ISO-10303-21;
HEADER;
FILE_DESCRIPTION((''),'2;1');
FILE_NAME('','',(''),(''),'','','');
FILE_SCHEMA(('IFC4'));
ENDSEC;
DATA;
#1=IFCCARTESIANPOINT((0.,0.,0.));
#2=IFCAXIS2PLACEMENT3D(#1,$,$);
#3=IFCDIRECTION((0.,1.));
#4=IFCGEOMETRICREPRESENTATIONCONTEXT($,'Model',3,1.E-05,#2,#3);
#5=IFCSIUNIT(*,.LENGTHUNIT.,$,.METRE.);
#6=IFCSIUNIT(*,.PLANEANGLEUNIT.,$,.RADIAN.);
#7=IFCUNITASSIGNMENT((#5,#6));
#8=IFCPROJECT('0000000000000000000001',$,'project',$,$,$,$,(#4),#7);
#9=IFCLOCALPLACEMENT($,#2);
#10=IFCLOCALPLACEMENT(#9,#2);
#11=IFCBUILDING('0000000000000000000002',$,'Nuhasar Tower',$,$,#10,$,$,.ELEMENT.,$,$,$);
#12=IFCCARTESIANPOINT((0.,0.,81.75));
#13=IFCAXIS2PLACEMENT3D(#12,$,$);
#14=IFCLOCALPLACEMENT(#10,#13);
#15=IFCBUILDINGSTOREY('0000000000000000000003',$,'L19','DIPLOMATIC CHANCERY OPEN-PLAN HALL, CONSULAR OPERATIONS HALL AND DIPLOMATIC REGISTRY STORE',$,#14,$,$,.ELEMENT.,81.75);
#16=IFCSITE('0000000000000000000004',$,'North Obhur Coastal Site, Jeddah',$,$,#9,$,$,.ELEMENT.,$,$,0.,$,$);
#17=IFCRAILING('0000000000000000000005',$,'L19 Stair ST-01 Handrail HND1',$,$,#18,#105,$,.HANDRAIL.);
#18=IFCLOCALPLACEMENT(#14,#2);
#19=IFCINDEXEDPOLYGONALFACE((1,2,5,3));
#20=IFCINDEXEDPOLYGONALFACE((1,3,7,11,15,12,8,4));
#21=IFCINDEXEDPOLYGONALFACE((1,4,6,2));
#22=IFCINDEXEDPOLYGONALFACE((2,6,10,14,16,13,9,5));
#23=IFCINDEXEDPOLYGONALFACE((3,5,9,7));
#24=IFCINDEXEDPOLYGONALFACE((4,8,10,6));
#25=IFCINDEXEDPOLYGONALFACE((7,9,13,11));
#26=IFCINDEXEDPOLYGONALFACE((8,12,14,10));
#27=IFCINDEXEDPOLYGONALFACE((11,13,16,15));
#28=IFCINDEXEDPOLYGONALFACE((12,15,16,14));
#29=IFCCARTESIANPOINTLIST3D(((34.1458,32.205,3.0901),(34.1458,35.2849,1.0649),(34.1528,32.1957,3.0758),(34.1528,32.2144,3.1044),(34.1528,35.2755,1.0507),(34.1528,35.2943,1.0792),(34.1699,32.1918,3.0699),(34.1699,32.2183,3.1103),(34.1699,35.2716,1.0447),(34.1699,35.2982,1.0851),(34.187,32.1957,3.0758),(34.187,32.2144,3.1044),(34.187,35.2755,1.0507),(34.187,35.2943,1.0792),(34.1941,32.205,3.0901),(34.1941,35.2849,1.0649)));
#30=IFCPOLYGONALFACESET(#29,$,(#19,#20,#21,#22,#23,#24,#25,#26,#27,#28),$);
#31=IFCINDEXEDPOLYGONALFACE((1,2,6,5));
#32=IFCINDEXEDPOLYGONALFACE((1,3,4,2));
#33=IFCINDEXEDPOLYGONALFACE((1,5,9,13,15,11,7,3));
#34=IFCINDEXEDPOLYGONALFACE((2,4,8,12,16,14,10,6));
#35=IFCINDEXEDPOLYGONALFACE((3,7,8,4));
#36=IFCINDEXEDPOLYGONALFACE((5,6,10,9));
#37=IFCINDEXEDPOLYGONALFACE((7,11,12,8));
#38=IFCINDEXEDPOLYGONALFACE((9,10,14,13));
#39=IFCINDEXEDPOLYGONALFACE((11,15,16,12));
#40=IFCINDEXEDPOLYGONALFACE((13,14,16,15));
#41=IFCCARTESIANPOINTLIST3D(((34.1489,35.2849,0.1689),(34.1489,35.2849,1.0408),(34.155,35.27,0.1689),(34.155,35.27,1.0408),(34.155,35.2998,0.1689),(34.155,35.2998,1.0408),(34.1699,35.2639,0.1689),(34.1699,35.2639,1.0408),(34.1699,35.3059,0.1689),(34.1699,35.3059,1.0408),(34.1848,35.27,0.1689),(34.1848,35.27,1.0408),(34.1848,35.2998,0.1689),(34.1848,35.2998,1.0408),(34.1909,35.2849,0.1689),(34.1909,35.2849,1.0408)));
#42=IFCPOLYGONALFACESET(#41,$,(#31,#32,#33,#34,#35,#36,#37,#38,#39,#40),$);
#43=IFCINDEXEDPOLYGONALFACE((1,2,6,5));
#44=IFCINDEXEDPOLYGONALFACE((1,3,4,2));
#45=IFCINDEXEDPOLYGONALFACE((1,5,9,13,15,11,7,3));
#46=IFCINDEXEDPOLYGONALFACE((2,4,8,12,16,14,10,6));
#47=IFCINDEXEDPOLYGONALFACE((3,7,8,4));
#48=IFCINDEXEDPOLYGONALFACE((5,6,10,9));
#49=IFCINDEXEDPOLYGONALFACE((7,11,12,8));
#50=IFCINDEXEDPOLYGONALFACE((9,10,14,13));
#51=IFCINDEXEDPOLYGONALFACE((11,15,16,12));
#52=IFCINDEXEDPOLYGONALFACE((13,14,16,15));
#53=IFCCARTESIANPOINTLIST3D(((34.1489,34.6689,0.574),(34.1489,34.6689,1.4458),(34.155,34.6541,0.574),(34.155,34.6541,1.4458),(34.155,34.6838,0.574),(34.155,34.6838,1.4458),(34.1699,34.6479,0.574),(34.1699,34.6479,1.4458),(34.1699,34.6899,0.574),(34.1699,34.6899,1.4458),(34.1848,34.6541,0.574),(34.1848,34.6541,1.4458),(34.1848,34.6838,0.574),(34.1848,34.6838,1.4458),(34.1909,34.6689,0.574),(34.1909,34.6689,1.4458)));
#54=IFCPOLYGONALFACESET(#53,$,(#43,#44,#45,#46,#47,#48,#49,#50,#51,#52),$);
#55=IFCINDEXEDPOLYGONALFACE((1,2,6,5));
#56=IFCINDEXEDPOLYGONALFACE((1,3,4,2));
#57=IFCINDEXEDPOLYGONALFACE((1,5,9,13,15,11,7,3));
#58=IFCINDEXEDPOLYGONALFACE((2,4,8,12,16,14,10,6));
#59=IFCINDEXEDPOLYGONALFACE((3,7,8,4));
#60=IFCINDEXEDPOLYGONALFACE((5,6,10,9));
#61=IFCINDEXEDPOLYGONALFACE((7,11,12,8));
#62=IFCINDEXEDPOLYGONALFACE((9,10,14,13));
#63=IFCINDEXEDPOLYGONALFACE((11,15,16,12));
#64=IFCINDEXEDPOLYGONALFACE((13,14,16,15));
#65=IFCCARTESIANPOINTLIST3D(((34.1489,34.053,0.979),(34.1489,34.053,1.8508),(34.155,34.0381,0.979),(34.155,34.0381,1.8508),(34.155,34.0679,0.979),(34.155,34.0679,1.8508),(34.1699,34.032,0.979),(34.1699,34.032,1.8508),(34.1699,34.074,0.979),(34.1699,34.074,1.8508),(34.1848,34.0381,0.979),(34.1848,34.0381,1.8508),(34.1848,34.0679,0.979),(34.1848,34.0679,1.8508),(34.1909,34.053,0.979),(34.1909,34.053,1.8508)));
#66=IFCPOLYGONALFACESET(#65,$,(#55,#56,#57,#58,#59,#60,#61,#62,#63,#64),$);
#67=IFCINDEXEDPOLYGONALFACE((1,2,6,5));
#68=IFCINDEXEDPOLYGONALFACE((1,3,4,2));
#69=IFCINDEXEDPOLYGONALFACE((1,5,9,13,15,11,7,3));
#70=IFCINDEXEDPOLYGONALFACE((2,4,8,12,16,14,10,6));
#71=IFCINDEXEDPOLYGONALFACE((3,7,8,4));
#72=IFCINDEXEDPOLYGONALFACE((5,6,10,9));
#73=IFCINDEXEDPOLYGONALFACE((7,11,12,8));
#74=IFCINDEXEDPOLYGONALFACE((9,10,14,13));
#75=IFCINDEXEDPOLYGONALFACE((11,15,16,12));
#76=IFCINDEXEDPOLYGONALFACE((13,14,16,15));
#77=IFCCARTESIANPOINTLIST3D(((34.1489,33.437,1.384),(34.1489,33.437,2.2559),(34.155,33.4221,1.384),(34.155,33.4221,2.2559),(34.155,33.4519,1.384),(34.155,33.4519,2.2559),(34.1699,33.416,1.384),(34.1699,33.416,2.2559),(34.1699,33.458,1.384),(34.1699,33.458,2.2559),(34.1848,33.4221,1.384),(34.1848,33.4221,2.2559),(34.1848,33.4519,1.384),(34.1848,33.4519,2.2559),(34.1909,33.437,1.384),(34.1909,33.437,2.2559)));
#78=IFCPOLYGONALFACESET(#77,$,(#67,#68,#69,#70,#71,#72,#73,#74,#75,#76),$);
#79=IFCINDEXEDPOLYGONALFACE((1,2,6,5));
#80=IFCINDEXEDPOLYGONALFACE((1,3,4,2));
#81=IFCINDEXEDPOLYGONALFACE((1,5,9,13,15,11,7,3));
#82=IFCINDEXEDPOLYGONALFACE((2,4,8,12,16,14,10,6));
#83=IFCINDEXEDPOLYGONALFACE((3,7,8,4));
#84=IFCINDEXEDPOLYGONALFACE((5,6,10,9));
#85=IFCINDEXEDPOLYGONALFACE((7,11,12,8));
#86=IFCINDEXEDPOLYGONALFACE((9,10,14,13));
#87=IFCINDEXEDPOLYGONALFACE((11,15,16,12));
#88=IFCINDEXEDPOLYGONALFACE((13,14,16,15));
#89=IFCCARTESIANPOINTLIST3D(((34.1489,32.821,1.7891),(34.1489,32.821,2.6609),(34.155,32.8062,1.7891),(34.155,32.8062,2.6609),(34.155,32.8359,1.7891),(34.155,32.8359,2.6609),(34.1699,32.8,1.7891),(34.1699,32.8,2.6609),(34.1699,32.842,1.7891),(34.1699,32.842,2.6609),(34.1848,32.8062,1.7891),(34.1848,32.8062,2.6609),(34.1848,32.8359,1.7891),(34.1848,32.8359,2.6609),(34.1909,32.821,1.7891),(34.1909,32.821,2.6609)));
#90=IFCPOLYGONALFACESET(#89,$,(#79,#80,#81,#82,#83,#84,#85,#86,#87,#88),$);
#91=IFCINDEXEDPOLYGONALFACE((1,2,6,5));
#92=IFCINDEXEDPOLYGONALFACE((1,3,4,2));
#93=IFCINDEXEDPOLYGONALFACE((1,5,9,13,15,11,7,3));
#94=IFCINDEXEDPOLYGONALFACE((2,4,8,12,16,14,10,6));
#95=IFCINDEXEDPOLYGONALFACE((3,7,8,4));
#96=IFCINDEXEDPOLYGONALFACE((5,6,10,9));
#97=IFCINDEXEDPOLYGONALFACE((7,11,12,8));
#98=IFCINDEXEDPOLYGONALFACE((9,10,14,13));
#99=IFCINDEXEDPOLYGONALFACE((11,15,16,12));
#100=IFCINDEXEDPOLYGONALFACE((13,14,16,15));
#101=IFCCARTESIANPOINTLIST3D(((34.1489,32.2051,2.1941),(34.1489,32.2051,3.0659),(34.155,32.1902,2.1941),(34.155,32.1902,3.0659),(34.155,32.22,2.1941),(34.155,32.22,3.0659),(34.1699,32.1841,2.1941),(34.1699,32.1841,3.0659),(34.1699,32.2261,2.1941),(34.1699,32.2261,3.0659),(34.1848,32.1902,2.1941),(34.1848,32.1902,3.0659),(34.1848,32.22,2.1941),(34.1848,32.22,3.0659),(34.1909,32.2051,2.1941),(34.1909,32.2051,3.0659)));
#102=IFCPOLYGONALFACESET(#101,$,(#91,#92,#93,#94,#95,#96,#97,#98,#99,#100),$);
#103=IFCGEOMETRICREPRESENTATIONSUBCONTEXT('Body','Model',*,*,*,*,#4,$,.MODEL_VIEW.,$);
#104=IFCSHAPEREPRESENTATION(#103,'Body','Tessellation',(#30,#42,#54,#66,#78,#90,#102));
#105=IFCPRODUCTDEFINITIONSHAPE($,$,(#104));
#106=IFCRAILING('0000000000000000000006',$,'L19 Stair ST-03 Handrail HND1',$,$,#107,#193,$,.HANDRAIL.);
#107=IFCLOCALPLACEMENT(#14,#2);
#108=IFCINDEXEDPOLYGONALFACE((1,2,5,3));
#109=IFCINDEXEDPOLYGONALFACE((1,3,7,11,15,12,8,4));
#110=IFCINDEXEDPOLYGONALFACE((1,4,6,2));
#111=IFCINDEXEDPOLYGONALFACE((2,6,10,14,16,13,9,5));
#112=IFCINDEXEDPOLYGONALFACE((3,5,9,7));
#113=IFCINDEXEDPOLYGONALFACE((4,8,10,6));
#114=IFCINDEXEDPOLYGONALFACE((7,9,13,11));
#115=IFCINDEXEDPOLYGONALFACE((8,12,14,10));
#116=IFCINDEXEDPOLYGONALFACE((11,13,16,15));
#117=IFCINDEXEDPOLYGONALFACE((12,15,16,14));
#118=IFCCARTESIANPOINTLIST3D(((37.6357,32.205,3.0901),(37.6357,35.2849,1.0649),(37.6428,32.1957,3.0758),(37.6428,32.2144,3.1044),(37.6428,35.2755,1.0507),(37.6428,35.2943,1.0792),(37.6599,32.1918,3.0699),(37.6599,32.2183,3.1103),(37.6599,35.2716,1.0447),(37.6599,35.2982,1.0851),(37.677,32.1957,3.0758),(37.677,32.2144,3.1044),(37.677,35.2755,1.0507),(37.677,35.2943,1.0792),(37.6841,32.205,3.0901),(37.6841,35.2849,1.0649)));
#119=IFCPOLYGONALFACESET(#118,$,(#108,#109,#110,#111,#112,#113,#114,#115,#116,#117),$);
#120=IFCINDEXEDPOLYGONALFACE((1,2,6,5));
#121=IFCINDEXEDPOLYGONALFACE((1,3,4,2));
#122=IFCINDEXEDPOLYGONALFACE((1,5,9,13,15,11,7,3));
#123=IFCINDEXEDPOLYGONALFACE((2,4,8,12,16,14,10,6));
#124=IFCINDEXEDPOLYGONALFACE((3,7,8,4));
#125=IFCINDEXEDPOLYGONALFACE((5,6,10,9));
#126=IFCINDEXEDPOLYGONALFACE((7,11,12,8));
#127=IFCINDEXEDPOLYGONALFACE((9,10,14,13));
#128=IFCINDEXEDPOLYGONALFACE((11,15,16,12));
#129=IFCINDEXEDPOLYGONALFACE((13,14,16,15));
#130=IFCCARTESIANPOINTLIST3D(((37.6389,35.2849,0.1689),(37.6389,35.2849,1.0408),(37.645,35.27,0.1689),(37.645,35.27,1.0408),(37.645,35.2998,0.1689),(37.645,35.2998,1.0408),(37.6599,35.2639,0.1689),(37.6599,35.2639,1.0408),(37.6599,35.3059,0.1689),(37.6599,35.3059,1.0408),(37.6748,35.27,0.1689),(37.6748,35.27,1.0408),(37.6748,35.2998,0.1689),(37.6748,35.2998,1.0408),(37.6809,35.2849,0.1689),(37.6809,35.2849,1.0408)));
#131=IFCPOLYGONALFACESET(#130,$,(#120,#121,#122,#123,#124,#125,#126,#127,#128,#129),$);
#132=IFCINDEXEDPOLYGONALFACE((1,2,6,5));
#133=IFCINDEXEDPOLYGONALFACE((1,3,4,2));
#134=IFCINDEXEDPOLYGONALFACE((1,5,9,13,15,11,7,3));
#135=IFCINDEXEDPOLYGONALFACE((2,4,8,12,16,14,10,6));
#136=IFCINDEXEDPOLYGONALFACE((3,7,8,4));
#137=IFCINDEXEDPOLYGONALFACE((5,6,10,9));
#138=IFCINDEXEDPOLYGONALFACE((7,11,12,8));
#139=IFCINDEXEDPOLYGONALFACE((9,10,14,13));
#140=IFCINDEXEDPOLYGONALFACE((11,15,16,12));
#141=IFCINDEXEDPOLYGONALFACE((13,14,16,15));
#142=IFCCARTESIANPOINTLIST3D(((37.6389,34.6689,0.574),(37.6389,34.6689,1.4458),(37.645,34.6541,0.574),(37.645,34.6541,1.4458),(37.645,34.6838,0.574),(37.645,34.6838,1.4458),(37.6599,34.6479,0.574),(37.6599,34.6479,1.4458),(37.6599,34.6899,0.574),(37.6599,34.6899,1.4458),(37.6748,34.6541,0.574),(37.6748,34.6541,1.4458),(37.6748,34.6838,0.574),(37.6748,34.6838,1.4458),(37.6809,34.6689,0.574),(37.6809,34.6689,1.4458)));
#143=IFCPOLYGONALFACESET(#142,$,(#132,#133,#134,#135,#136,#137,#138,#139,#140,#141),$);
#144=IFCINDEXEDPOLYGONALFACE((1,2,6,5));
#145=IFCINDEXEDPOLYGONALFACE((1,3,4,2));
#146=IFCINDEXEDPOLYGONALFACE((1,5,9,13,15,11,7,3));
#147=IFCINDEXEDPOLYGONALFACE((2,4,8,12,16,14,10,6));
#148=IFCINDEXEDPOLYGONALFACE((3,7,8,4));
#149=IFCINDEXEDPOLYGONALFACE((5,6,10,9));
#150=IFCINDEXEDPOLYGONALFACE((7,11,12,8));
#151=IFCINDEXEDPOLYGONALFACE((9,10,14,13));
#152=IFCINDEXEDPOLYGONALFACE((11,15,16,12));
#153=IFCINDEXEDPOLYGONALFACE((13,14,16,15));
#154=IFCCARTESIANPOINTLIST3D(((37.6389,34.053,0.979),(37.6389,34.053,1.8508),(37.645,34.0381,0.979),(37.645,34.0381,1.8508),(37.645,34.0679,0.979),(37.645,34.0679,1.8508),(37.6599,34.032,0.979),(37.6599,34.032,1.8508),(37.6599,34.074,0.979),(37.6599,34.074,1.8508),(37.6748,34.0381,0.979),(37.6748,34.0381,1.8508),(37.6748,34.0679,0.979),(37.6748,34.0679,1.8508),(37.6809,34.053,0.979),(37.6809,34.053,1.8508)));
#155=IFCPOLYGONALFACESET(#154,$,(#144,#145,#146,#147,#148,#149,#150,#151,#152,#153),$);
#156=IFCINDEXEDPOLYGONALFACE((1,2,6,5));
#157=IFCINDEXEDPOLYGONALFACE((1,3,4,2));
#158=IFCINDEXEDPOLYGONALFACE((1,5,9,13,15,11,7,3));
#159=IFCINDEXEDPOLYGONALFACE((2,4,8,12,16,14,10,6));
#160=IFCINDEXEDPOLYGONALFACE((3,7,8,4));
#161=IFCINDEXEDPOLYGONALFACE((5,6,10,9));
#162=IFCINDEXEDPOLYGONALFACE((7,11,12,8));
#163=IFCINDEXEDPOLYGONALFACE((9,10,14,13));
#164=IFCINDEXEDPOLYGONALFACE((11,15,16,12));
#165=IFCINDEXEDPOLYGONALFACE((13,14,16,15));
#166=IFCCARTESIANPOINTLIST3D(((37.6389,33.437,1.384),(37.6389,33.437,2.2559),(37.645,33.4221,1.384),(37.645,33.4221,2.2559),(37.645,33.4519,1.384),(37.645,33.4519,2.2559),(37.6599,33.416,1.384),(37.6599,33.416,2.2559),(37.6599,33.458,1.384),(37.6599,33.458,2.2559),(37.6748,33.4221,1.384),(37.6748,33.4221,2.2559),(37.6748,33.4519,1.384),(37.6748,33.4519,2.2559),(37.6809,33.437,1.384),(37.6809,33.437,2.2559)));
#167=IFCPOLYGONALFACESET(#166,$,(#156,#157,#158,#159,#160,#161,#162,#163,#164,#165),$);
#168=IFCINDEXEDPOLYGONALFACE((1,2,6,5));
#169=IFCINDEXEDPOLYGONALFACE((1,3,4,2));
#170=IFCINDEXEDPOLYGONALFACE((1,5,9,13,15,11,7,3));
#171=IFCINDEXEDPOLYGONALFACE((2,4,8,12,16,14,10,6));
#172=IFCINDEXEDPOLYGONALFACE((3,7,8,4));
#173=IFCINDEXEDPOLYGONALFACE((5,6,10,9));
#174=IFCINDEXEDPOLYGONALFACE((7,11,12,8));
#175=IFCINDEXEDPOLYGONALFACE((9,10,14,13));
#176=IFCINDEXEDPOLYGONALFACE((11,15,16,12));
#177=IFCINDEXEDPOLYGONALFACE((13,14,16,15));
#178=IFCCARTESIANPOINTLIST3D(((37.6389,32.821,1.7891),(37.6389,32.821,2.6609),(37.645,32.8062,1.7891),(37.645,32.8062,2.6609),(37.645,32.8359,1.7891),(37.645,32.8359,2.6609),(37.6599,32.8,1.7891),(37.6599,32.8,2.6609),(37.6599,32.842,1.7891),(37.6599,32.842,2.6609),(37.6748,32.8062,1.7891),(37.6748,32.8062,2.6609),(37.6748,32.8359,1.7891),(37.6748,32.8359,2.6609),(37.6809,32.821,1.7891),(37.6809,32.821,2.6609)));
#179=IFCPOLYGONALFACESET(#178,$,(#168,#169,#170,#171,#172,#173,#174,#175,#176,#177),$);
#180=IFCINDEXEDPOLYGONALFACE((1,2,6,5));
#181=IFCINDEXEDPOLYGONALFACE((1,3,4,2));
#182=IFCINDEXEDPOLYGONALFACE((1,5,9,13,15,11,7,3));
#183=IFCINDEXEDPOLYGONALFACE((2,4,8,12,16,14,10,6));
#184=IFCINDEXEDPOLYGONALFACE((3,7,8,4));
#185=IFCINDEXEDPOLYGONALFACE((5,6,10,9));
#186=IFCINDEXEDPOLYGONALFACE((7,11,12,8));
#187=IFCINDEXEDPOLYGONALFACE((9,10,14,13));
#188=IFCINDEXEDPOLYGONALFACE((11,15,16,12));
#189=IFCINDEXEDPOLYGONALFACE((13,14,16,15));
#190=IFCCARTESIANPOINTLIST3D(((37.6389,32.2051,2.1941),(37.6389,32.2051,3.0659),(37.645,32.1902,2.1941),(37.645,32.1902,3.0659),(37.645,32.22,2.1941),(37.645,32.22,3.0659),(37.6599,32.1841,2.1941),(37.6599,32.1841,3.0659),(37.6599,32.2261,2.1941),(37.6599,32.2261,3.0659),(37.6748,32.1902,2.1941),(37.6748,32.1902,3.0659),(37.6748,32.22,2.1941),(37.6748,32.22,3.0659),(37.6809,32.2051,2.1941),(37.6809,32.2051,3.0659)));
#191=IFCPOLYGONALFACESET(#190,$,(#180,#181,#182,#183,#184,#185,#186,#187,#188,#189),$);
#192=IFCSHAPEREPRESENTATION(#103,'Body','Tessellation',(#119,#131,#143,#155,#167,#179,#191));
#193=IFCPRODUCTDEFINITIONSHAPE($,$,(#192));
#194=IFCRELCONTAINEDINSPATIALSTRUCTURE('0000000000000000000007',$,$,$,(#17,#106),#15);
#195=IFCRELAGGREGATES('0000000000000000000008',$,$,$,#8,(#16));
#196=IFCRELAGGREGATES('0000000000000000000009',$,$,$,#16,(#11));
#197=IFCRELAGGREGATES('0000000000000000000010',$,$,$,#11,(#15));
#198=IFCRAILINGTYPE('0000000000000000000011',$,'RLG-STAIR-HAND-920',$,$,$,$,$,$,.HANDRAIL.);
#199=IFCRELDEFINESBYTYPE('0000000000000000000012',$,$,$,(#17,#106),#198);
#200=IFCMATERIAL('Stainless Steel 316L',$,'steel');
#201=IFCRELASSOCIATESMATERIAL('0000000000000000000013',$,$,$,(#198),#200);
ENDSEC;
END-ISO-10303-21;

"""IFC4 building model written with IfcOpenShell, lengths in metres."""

from ifc_helpers import new_model, si_unit, direction, frame, origin, place, context, subcontext, project, spatial, polyline, outline, extrude, material, type_object, element, save


model = new_model("IFC4")

# Units and contexts
model_context = context("Model", 3, precision=1e-05, world=origin(), true_north=direction((0.0, 1.0)))
body_context = subcontext(model_context, "Body", "Model", "MODEL_VIEW")
ifc_project = project(units=[si_unit("LENGTHUNIT", "METRE"), si_unit("PLANEANGLEUNIT", "RADIAN")], contexts=[model_context])

# Site, building, storey
site_placement = place(None, origin())
site = spatial("IfcSite", under=ifc_project, at=site_placement, Name="North Obhur Coastal Site, Jeddah", CompositionType="ELEMENT", RefElevation=0.0)
building_placement = place(site_placement, origin())
building = spatial("IfcBuilding", under=site, at=building_placement, Name="Nuhasar Tower", CompositionType="ELEMENT")
storey_placement = place(building_placement, frame((0.0, 0.0, 81.75)))
storey = spatial("IfcBuildingStorey", under=building, at=storey_placement, Name="L19", Description="DIPLOMATIC CHANCERY OPEN-PLAN HALL, CONSULAR OPERATIONS HALL AND DIPLOMATIC REGISTRY STORE", CompositionType="ELEMENT", Elevation=81.75)

# Railings
ifc_material_1 = material(Name="Stainless Steel 316L", Category="steel")
railing_type_1 = type_object("IfcRailingType", Name="RLG-STAIR-HAND-920", PredefinedType="HANDRAIL", material=ifc_material_1)
railing_1_placement = place(storey_placement, frame((34.1699, 35.2849, 0.1689)))
element("IfcRailing", 1, at=railing_1_placement, inside=storey, type_object=railing_type_1, Name="L19 Stair ST-01 Handrail HND1", PredefinedType="HANDRAIL", context=body_context, shape_type="SweptSolid", body=[
    extrude(outline(polyline([(0.0242, 0.0), (0.0171, 0.0171), (0.0, 0.0242), (-0.0171, 0.0171), (-0.0242, 0.0), (-0.0171, -0.0171), (0.0, -0.0242), (0.0171, -0.0171), (0.0242, 0.0)])), frame((0.0, 0.0, 0.896), z_axis=(0.0, -0.835549, 0.549416), x_axis=(1.0, 0.0, 0.0)), (0.0, 0.0, 1.0), 3.686),
    extrude(outline(polyline([(0.021, 0.0), (0.0149, 0.0149), (0.0, 0.021), (-0.0149, 0.0149), (-0.021, 0.0), (-0.0149, -0.0149), (0.0, -0.021), (0.0149, -0.0149), (0.021, 0.0)])), origin(), (0.0, 0.0, 1.0), 0.8718),
    extrude(outline(polyline([(0.021, 0.0), (0.0149, 0.0149), (0.0, 0.021), (-0.0149, 0.0149), (-0.021, 0.0), (-0.0149, -0.0149), (0.0, -0.021), (0.0149, -0.0149), (0.021, 0.0)])), frame((0.0, -0.616, 0.405)), (0.0, 0.0, 1.0), 0.8718),
    extrude(outline(polyline([(0.021, 0.0), (0.0149, 0.0149), (0.0, 0.021), (-0.0149, 0.0149), (-0.021, 0.0), (-0.0149, -0.0149), (0.0, -0.021), (0.0149, -0.0149), (0.021, 0.0)])), frame((0.0, -1.2319, 0.8101)), (0.0, 0.0, 1.0), 0.8718),
    extrude(outline(polyline([(0.021, 0.0), (0.0149, 0.0149), (0.0, 0.021), (-0.0149, 0.0149), (-0.021, 0.0), (-0.0149, -0.0149), (0.0, -0.021), (0.0149, -0.0149), (0.021, 0.0)])), frame((0.0, -1.8479, 1.2151)), (0.0, 0.0, 1.0), 0.8718),
    extrude(outline(polyline([(0.021, 0.0), (0.0149, 0.0149), (0.0, 0.021), (-0.0149, 0.0149), (-0.021, 0.0), (-0.0149, -0.0149), (0.0, -0.021), (0.0149, -0.0149), (0.021, 0.0)])), frame((0.0, -2.4639, 1.6201)), (0.0, 0.0, 1.0), 0.8718),
    extrude(outline(polyline([(0.021, 0.0), (0.0149, 0.0149), (0.0, 0.021), (-0.0149, 0.0149), (-0.021, 0.0), (-0.0149, -0.0149), (0.0, -0.021), (0.0149, -0.0149), (0.021, 0.0)])), frame((0.0, -3.0798, 2.0251)), (0.0, 0.0, 1.0), 0.8718),
])
railing_2_placement = place(storey_placement, frame((37.6599, 35.2849, 0.1689)))
element("IfcRailing", 2, at=railing_2_placement, inside=storey, type_object=railing_type_1, Name="L19 Stair ST-03 Handrail HND1", PredefinedType="HANDRAIL", context=body_context, shape_type="SweptSolid", body=[
    extrude(outline(polyline([(0.0242, 0.0), (0.0171, 0.0171), (0.0, 0.0242), (-0.0171, 0.0171), (-0.0242, 0.0), (-0.0171, -0.0171), (0.0, -0.0242), (0.0171, -0.0171), (0.0242, 0.0)])), frame((0.0, 0.0, 0.896), z_axis=(0.0, -0.835549, 0.549416), x_axis=(1.0, 0.0, 0.0)), (0.0, 0.0, 1.0), 3.686),
    extrude(outline(polyline([(0.021, 0.0), (0.0149, 0.0149), (0.0, 0.021), (-0.0149, 0.0149), (-0.021, 0.0), (-0.0149, -0.0149), (0.0, -0.021), (0.0149, -0.0149), (0.021, 0.0)])), origin(), (0.0, 0.0, 1.0), 0.8718),
    extrude(outline(polyline([(0.021, 0.0), (0.0149, 0.0149), (0.0, 0.021), (-0.0149, 0.0149), (-0.021, 0.0), (-0.0149, -0.0149), (0.0, -0.021), (0.0149, -0.0149), (0.021, 0.0)])), frame((0.0, -0.616, 0.405)), (0.0, 0.0, 1.0), 0.8718),
    extrude(outline(polyline([(0.021, 0.0), (0.0149, 0.0149), (0.0, 0.021), (-0.0149, 0.0149), (-0.021, 0.0), (-0.0149, -0.0149), (0.0, -0.021), (0.0149, -0.0149), (0.021, 0.0)])), frame((0.0, -1.2319, 0.8101)), (0.0, 0.0, 1.0), 0.8718),
    extrude(outline(polyline([(0.021, 0.0), (0.0149, 0.0149), (0.0, 0.021), (-0.0149, 0.0149), (-0.021, 0.0), (-0.0149, -0.0149), (0.0, -0.021), (0.0149, -0.0149), (0.021, 0.0)])), frame((0.0, -1.8479, 1.2151)), (0.0, 0.0, 1.0), 0.8718),
    extrude(outline(polyline([(0.021, 0.0), (0.0149, 0.0149), (0.0, 0.021), (-0.0149, 0.0149), (-0.021, 0.0), (-0.0149, -0.0149), (0.0, -0.021), (0.0149, -0.0149), (0.021, 0.0)])), frame((0.0, -2.4639, 1.6201)), (0.0, 0.0, 1.0), 0.8718),
    extrude(outline(polyline([(0.021, 0.0), (0.0149, 0.0149), (0.0, 0.021), (-0.0149, 0.0149), (-0.021, 0.0), (-0.0149, -0.0149), (0.0, -0.021), (0.0149, -0.0149), (0.021, 0.0)])), frame((0.0, -3.0798, 2.0251)), (0.0, 0.0, 1.0), 0.8718),
])

save(model, "model.ifc")
